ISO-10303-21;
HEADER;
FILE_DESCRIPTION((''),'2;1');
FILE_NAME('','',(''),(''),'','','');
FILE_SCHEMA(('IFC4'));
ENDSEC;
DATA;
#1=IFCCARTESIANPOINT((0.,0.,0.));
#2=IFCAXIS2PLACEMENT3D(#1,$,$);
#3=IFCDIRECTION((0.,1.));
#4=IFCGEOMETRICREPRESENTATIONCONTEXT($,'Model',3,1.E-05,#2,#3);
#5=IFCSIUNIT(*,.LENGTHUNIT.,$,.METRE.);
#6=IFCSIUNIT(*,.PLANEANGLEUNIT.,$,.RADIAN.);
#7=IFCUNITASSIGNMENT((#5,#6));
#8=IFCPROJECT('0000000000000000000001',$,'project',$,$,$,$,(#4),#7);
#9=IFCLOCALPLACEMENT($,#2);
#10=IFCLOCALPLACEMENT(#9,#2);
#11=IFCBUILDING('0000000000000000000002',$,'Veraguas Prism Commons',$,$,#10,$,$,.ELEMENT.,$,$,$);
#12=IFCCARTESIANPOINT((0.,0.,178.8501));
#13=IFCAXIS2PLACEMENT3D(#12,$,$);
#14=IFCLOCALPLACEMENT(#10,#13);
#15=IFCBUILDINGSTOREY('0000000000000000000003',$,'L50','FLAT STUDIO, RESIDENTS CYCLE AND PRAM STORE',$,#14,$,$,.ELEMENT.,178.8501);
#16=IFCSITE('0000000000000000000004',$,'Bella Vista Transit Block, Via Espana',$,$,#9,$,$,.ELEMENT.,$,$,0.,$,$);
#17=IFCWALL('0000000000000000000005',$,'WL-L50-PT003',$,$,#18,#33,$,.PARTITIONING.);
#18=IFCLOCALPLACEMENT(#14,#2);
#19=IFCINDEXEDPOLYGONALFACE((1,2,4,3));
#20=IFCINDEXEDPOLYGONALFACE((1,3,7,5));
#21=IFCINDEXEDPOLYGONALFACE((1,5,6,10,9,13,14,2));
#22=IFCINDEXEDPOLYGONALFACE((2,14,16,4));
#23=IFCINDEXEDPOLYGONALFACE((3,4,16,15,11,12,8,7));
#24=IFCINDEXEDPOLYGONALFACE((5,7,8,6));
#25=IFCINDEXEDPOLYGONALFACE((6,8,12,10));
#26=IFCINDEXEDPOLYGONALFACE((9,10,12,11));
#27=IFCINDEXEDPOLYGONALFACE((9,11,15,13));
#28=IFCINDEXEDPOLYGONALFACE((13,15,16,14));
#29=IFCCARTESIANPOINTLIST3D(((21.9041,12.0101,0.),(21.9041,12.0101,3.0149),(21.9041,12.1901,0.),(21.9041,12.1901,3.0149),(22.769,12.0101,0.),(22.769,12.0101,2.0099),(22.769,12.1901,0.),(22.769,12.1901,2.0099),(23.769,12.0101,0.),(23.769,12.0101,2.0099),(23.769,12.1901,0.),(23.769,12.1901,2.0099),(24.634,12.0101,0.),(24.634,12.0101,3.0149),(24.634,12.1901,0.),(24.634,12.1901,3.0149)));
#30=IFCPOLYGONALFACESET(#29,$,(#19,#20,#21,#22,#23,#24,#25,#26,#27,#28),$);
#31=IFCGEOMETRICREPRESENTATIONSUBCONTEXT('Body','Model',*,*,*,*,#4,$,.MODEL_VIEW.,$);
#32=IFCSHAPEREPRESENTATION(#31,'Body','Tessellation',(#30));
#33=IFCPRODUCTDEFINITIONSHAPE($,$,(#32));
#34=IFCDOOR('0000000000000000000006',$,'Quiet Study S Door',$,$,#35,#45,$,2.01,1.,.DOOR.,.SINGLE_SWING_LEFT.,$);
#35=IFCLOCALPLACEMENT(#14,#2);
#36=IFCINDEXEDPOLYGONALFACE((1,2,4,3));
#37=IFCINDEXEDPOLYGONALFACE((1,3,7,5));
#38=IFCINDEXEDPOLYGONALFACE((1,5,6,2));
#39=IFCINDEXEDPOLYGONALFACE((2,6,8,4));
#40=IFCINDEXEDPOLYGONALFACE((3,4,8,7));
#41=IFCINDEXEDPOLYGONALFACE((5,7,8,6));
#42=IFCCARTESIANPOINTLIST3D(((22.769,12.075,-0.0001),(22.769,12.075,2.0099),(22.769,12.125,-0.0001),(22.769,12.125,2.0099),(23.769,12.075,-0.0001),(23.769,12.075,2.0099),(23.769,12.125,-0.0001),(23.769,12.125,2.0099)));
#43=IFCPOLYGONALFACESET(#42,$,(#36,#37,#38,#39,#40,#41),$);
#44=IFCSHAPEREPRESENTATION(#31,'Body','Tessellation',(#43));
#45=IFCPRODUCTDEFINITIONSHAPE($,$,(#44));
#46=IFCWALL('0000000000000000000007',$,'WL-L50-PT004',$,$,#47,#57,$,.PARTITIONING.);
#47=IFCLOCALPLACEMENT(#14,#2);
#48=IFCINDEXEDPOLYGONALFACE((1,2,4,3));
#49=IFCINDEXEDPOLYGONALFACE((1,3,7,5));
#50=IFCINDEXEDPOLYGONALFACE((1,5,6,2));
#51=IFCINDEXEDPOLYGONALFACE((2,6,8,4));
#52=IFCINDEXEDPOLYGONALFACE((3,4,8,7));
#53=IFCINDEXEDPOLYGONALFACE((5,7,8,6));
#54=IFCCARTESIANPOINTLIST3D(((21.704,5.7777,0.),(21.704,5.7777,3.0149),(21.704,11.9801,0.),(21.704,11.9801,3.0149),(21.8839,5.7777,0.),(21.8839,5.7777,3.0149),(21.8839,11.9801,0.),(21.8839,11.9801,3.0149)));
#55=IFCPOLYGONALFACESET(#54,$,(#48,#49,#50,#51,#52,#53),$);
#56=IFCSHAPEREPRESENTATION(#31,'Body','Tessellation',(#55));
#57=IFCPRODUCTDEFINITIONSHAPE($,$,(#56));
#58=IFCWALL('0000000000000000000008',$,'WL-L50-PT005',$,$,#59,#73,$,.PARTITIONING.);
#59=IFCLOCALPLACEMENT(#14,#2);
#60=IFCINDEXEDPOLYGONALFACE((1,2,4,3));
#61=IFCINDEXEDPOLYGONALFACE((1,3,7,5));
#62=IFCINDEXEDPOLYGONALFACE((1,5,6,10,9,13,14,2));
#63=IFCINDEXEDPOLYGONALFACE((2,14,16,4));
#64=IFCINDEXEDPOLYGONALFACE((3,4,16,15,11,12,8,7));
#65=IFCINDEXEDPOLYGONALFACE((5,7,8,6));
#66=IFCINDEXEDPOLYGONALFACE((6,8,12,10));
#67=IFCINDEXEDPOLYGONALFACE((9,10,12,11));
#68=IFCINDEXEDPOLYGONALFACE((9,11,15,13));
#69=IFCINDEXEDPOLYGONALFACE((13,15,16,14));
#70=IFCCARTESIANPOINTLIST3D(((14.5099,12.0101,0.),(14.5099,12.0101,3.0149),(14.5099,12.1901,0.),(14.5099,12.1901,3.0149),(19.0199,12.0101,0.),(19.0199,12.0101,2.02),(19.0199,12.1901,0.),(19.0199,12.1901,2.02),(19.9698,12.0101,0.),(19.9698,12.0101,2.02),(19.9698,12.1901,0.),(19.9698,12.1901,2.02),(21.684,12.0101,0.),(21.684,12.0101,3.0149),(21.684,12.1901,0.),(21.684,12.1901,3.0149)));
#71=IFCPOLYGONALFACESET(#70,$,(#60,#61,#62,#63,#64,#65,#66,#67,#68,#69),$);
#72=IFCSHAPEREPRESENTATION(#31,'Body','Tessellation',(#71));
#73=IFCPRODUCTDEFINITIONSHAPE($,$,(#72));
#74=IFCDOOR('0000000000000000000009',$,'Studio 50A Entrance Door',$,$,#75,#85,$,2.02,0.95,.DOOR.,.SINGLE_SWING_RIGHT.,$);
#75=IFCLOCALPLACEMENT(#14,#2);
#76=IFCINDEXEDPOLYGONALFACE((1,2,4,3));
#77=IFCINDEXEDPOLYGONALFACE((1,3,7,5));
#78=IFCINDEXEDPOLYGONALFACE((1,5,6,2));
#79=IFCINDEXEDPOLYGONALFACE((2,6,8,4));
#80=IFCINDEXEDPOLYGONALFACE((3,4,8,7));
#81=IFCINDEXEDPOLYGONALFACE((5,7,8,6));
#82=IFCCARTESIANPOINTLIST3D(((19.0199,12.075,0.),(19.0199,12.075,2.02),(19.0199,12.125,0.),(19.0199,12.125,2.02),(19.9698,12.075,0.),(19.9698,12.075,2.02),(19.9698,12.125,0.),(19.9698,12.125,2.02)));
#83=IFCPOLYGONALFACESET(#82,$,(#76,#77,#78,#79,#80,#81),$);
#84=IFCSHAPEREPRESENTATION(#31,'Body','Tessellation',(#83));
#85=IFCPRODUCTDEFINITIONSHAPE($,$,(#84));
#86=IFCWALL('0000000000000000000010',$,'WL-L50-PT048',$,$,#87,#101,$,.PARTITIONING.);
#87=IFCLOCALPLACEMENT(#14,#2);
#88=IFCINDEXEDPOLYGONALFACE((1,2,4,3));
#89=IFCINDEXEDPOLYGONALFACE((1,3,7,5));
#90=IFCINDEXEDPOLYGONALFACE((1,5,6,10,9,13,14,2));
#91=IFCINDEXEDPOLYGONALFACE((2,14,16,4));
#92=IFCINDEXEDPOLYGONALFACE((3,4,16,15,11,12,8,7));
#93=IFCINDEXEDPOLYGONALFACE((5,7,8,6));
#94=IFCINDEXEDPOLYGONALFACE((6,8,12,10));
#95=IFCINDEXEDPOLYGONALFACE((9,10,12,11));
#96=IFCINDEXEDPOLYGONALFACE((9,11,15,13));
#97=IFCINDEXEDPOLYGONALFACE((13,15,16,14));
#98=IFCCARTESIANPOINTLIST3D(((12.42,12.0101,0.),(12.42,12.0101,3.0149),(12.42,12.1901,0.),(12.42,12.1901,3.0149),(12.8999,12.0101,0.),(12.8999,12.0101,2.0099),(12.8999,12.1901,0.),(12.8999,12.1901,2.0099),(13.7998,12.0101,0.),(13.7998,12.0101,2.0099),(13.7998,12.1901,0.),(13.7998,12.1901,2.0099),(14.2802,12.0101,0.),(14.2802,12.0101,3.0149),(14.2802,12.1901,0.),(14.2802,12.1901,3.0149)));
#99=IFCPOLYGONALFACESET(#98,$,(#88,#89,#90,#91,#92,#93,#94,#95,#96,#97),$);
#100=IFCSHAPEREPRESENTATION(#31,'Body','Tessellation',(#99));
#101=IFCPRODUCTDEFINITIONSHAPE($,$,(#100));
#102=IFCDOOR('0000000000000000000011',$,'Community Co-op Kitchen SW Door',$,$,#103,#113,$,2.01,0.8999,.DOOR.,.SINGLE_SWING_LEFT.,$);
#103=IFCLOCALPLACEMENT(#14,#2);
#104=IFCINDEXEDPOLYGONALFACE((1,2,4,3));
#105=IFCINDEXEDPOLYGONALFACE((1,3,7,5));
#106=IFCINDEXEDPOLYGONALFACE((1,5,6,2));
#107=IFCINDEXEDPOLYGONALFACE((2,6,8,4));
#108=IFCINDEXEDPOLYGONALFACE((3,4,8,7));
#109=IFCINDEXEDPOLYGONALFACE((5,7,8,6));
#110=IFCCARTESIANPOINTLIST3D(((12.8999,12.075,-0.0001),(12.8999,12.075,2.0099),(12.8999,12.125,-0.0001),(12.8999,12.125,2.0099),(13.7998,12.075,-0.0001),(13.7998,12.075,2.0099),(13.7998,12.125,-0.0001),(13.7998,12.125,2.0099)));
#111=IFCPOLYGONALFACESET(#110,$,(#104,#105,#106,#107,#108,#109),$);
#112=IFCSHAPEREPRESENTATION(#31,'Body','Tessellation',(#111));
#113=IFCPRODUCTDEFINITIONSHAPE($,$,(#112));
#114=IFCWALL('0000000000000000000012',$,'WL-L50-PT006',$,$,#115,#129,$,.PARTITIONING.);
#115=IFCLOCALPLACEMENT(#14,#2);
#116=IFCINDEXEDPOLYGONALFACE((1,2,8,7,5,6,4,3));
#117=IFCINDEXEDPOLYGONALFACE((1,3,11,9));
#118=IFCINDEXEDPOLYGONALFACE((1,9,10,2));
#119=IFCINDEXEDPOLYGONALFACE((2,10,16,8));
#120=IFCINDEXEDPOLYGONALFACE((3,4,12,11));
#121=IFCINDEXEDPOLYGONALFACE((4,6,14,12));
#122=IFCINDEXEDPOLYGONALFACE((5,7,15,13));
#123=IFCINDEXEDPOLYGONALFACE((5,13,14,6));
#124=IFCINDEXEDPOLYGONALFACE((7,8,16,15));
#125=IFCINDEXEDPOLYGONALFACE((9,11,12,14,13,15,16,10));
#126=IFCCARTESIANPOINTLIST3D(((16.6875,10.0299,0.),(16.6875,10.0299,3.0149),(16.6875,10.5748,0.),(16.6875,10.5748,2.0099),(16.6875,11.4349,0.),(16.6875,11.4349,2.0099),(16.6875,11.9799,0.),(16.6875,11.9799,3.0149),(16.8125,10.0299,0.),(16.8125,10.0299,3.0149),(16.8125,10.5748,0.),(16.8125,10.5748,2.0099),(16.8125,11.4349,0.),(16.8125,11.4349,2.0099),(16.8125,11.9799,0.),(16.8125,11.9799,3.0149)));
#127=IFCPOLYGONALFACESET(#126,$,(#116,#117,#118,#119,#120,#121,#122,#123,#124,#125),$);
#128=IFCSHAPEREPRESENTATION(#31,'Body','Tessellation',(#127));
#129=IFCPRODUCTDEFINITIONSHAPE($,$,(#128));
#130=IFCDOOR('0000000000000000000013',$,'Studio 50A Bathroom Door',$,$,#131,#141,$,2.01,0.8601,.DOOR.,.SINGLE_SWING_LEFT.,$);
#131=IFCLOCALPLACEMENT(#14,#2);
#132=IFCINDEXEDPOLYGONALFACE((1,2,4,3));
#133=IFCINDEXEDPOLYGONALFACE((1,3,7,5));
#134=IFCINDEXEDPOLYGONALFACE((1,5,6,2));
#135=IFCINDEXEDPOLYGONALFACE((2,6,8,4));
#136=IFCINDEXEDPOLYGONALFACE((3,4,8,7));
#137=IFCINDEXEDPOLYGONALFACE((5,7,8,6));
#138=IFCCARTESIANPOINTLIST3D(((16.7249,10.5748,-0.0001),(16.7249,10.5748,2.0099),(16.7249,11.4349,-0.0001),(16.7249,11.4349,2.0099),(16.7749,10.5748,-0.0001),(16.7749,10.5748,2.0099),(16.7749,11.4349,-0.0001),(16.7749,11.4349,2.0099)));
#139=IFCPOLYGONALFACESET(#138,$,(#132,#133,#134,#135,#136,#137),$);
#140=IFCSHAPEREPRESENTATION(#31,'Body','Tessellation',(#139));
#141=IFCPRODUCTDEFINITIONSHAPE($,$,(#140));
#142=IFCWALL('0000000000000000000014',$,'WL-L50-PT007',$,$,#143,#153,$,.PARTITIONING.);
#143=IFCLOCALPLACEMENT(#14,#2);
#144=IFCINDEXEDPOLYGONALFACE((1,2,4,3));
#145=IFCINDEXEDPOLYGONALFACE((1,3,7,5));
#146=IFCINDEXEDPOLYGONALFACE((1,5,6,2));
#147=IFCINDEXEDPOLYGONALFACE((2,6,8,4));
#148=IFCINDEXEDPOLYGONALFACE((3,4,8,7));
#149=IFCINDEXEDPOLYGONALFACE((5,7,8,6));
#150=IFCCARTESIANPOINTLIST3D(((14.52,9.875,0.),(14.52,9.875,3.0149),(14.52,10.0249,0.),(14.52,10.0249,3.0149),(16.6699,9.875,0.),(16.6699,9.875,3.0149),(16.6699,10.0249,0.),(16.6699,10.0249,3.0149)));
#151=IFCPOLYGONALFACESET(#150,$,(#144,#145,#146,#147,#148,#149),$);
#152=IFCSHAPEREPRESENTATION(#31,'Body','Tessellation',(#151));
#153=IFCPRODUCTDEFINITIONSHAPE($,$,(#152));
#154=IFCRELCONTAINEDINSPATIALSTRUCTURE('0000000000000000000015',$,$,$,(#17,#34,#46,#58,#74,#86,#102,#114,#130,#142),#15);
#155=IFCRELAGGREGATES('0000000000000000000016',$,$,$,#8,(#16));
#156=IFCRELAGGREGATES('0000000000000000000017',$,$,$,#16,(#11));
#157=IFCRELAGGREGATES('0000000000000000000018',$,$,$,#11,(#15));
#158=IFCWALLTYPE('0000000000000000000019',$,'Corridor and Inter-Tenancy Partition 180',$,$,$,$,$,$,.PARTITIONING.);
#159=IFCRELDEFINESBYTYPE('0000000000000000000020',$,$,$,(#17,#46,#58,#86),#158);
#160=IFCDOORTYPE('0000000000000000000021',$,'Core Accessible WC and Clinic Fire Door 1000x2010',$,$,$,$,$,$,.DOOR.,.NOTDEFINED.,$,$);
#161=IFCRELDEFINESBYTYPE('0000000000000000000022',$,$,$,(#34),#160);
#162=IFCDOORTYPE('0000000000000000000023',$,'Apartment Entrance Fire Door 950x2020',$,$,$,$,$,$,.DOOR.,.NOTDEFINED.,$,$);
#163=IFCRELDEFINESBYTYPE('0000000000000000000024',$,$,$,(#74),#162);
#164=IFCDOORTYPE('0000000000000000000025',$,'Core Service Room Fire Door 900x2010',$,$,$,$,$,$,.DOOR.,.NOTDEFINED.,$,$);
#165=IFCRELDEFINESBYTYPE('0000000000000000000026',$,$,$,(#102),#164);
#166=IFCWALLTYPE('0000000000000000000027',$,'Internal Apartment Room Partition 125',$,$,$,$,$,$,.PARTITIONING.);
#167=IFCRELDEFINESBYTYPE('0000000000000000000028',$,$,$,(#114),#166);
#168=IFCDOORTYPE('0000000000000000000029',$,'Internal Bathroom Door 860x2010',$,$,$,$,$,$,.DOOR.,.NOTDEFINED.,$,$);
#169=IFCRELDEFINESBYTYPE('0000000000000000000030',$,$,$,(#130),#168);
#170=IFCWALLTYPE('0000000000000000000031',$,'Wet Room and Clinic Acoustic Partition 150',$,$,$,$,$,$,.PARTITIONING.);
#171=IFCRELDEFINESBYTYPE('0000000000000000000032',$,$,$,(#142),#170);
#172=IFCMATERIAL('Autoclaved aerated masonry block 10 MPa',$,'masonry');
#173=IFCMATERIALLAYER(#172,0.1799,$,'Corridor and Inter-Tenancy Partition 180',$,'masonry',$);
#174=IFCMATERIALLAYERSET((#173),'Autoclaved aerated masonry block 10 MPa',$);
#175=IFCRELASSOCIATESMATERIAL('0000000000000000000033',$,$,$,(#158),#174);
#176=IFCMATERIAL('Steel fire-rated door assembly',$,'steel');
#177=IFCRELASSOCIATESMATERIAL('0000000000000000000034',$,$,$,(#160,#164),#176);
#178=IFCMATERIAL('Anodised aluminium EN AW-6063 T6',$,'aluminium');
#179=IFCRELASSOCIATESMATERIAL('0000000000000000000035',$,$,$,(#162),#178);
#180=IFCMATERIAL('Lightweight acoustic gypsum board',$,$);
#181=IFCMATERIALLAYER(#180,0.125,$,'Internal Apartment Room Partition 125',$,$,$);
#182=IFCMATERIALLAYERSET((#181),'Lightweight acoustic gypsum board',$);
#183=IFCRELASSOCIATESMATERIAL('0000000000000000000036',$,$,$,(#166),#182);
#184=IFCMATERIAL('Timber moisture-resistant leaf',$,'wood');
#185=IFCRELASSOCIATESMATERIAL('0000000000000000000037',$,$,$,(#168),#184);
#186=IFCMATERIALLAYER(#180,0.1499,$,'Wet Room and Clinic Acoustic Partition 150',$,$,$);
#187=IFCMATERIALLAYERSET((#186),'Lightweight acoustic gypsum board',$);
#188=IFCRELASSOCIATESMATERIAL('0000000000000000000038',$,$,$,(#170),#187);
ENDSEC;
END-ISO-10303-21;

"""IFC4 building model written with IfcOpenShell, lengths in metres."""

from ifc_helpers import new_model, si_unit, direction, frame, frame_2d, origin, place, context, subcontext, project, spatial, rectangle, extrude, source, transform, mapped, material, layer, layer_set, type_object, element, fill, save


model = new_model("IFC4")

# Units and contexts
model_context = context("Model", 3, precision=1e-05, world=origin(), true_north=direction((0.0, 1.0)))
body_context = subcontext(model_context, "Body", "Model", "MODEL_VIEW")
ifc_project = project(units=[si_unit("LENGTHUNIT", "METRE"), si_unit("PLANEANGLEUNIT", "RADIAN")], contexts=[model_context])

# Site, building, storey
site_placement = place(None, origin())
site = spatial("IfcSite", under=ifc_project, at=site_placement, Name="Bella Vista Transit Block, Via Espana", CompositionType="ELEMENT", RefElevation=0.0)
building_placement = place(site_placement, origin())
building = spatial("IfcBuilding", under=site, at=building_placement, Name="Veraguas Prism Commons", CompositionType="ELEMENT")
storey_placement = place(building_placement, frame((0.0, 0.0, 178.8501)))
storey = spatial("IfcBuildingStorey", under=building, at=storey_placement, Name="L50", Description="FLAT STUDIO, RESIDENTS CYCLE AND PRAM STORE", CompositionType="ELEMENT", Elevation=178.8501)

# Shared definitions
ifc_material_1 = material(Name="Anodised aluminium EN AW-6063 T6", Category="aluminium")

# Shared definitions
ifc_material_2 = material(Name="Autoclaved aerated masonry block 10 MPa", Category="masonry")
ifc_layer_1 = layer(ifc_material_2, 0.1799, Name="Corridor and Inter-Tenancy Partition 180", Category="masonry")
ifc_layer_set_1 = layer_set([ifc_layer_1], Name="Autoclaved aerated masonry block 10 MPa")
wall_type_1 = type_object("IfcWallType", Name="Corridor and Inter-Tenancy Partition 180", PredefinedType="PARTITIONING", material=ifc_layer_set_1)

# Wall, opening, door
wall_1_placement = place(storey_placement, frame((21.9041, 12.1001, 0.0), z_axis=(0.0, 0.0, 1.0), x_axis=(1.0, 0.0, 0.0)))
wall_1 = element("IfcWall", 1, at=wall_1_placement, inside=storey, type_object=wall_type_1, Name="WL-L50-PT003", PredefinedType="PARTITIONING", context=body_context, shape_type="SweptSolid", body=[
    extrude(rectangle(XDim=2.73, YDim=0.1799, at=frame_2d((1.365, 0.0))), origin(), (0.0, 0.0, 1.0), 3.0149),
])
opening_1_placement = place(wall_1_placement, frame((0.865, 0.0, 0.0)))
opening_1 = element("IfcOpeningElement", 2, at=opening_1_placement, cuts=wall_1, PredefinedType="OPENING", context=body_context, shape_type="SweptSolid", body=[
    extrude(rectangle(XDim=1.0, YDim=2.01, at=frame_2d((0.5, 1.0049))), frame((0.0, 0.0999, 0.0), z_axis=(0.0, -1.0, 0.0), x_axis=(1.0, 0.0, 0.0)), (0.0, 0.0, 1.0), 0.2),
])
ifc_material_3 = material(Name="Steel fire-rated door assembly", Category="steel")
door_type_1 = type_object("IfcDoorType", Name="Core Accessible WC and Clinic Fire Door 1000x2010", OperationType="NOTDEFINED", PredefinedType="DOOR", material=ifc_material_3)
shared_shape_1 = source(origin(), body_context, "Body", "SweptSolid", [
    extrude(rectangle(XDim=1.0, YDim=2.01, at=frame_2d((0.5, 1.0049))), frame((0.0, 0.0249, 0.0), z_axis=(0.0, -1.0, 0.0), x_axis=(1.0, 0.0, 0.0)), (0.0, 0.0, 1.0), 0.05),
])
door_1_placement = place(opening_1_placement, origin())
door_1 = element("IfcDoor", 3, at=door_1_placement, inside=storey, type_object=door_type_1, Name="Quiet Study S Door", OperationType="SINGLE_SWING_LEFT", OverallHeight=2.01, OverallWidth=1.0, PredefinedType="DOOR", context=body_context, shape_type="MappedRepresentation", body=[
    mapped(shared_shape_1, transform((0.0, 0.0, 0.0), scale=1.0)),
])
fill(opening_1, door_1)

# Wall
wall_2_placement = place(storey_placement, frame((21.7939, 11.98, 0.0), z_axis=(0.0, 0.0, 1.0), x_axis=(0.0, -1.0, 0.0)))
element("IfcWall", 4, at=wall_2_placement, inside=storey, type_object=wall_type_1, Name="WL-L50-PT004", PredefinedType="PARTITIONING", context=body_context, shape_type="SweptSolid", body=[
    extrude(rectangle(XDim=6.2024, YDim=0.1799, at=frame_2d((3.1011, 0.0))), origin(), (0.0, 0.0, 1.0), 3.0149),
])

# Walls, openings, doors
wall_3_placement = place(storey_placement, frame((14.51, 12.1001, 0.0), z_axis=(0.0, 0.0, 1.0), x_axis=(1.0, 0.0, 0.0)))
wall_3 = element("IfcWall", 5, at=wall_3_placement, inside=storey, type_object=wall_type_1, Name="WL-L50-PT005", PredefinedType="PARTITIONING", context=body_context, shape_type="SweptSolid", body=[
    extrude(rectangle(XDim=7.1741, YDim=0.1799, at=frame_2d((3.5869, 0.0))), origin(), (0.0, 0.0, 1.0), 3.0149),
])
opening_2_placement = place(wall_3_placement, frame((4.5098, 0.0, 0.0)))
opening_2 = element("IfcOpeningElement", 6, at=opening_2_placement, cuts=wall_3, PredefinedType="OPENING", context=body_context, shape_type="SweptSolid", body=[
    extrude(rectangle(XDim=0.95, YDim=2.02, at=frame_2d((0.4751, 1.01))), frame((0.0, 0.0999, 0.0), z_axis=(0.0, -1.0, 0.0), x_axis=(1.0, 0.0, 0.0)), (0.0, 0.0, 1.0), 0.2),
])
door_type_2 = type_object("IfcDoorType", Name="Apartment Entrance Fire Door 950x2020", OperationType="NOTDEFINED", PredefinedType="DOOR", material=ifc_material_1)
shared_shape_2 = source(origin(), body_context, "Body", "SweptSolid", [
    extrude(rectangle(XDim=0.95, YDim=2.02, at=frame_2d((0.4751, 1.01))), frame((0.0, 0.0249, 0.0), z_axis=(0.0, -1.0, 0.0), x_axis=(1.0, 0.0, 0.0)), (0.0, 0.0, 1.0), 0.05),
])
door_2_placement = place(opening_2_placement, origin())
door_2 = element("IfcDoor", 7, at=door_2_placement, inside=storey, type_object=door_type_2, Name="Studio 50A Entrance Door", OperationType="SINGLE_SWING_RIGHT", OverallHeight=2.02, OverallWidth=0.95, PredefinedType="DOOR", context=body_context, shape_type="MappedRepresentation", body=[
    mapped(shared_shape_2, transform((0.0, 0.0, 0.0), scale=1.0)),
])
fill(opening_2, door_2)
wall_4_placement = place(storey_placement, frame((12.4199, 12.1001, 0.0), z_axis=(0.0, 0.0, 1.0), x_axis=(1.0, 0.0, 0.0)))
wall_4 = element("IfcWall", 8, at=wall_4_placement, inside=storey, type_object=wall_type_1, Name="WL-L50-PT048", PredefinedType="PARTITIONING", context=body_context, shape_type="SweptSolid", body=[
    extrude(rectangle(XDim=1.8601, YDim=0.1799, at=frame_2d((0.9302, 0.0))), origin(), (0.0, 0.0, 1.0), 3.0149),
])
opening_3_placement = place(wall_4_placement, frame((0.48, 0.0, 0.0)))
opening_3 = element("IfcOpeningElement", 9, at=opening_3_placement, cuts=wall_4, PredefinedType="OPENING", context=body_context, shape_type="SweptSolid", body=[
    extrude(rectangle(XDim=0.8999, YDim=2.01, at=frame_2d((0.45, 1.0049))), frame((0.0, 0.0999, 0.0), z_axis=(0.0, -1.0, 0.0), x_axis=(1.0, 0.0, 0.0)), (0.0, 0.0, 1.0), 0.2),
])
door_type_3 = type_object("IfcDoorType", Name="Core Service Room Fire Door 900x2010", OperationType="NOTDEFINED", PredefinedType="DOOR", material=ifc_material_3)
shared_shape_3 = source(origin(), body_context, "Body", "SweptSolid", [
    extrude(rectangle(XDim=0.8999, YDim=2.01, at=frame_2d((0.45, 1.0049))), frame((0.0, 0.0249, 0.0), z_axis=(0.0, -1.0, 0.0), x_axis=(1.0, 0.0, 0.0)), (0.0, 0.0, 1.0), 0.05),
])
door_3_placement = place(opening_3_placement, origin())
door_3 = element("IfcDoor", 10, at=door_3_placement, inside=storey, type_object=door_type_3, Name="Community Co-op Kitchen SW Door", OperationType="SINGLE_SWING_LEFT", OverallHeight=2.01, OverallWidth=0.8999, PredefinedType="DOOR", context=body_context, shape_type="MappedRepresentation", body=[
    mapped(shared_shape_3, transform((0.0, 0.0, 0.0), scale=1.0)),
])
fill(opening_3, door_3)
ifc_material_4 = material(Name="Lightweight acoustic gypsum board")
ifc_layer_2 = layer(ifc_material_4, 0.125, Name="Internal Apartment Room Partition 125")
ifc_layer_set_2 = layer_set([ifc_layer_2], Name="Lightweight acoustic gypsum board")
wall_type_2 = type_object("IfcWallType", Name="Internal Apartment Room Partition 125", PredefinedType="PARTITIONING", material=ifc_layer_set_2)
wall_5_placement = place(storey_placement, frame((16.75, 11.98, 0.0), z_axis=(0.0, 0.0, 1.0), x_axis=(0.0, -1.0, 0.0)))
wall_5 = element("IfcWall", 11, at=wall_5_placement, inside=storey, type_object=wall_type_2, Name="WL-L50-PT006", PredefinedType="PARTITIONING", context=body_context, shape_type="SweptSolid", body=[
    extrude(rectangle(XDim=1.95, YDim=0.125, at=frame_2d((0.9751, 0.0))), origin(), (0.0, 0.0, 1.0), 3.0149),
])
opening_4_placement = place(wall_5_placement, frame((0.5449, 0.0, 0.0)))
opening_4 = element("IfcOpeningElement", 12, at=opening_4_placement, cuts=wall_5, PredefinedType="OPENING", context=body_context, shape_type="SweptSolid", body=[
    extrude(rectangle(XDim=0.8601, YDim=2.01, at=frame_2d((0.4302, 1.0049))), frame((0.0, 0.0725, 0.0), z_axis=(0.0, -1.0, 0.0), x_axis=(1.0, 0.0, 0.0)), (0.0, 0.0, 1.0), 0.145),
])
ifc_material_5 = material(Name="Timber moisture-resistant leaf", Category="wood")
door_type_4 = type_object("IfcDoorType", Name="Internal Bathroom Door 860x2010", OperationType="NOTDEFINED", PredefinedType="DOOR", material=ifc_material_5)
shared_shape_4 = source(origin(), body_context, "Body", "SweptSolid", [
    extrude(rectangle(XDim=0.8601, YDim=2.01, at=frame_2d((0.4302, 1.0049))), frame((0.0, 0.0249, 0.0), z_axis=(0.0, -1.0, 0.0), x_axis=(1.0, 0.0, 0.0)), (0.0, 0.0, 1.0), 0.05),
])
door_4_placement = place(opening_4_placement, origin())
door_4 = element("IfcDoor", 13, at=door_4_placement, inside=storey, type_object=door_type_4, Name="Studio 50A Bathroom Door", OperationType="SINGLE_SWING_LEFT", OverallHeight=2.01, OverallWidth=0.8601, PredefinedType="DOOR", context=body_context, shape_type="MappedRepresentation", body=[
    mapped(shared_shape_4, transform((0.0, 0.0, 0.0), scale=1.0)),
])
fill(opening_4, door_4)

# Wall
ifc_layer_3 = layer(ifc_material_4, 0.1499, Name="Wet Room and Clinic Acoustic Partition 150")
ifc_layer_set_3 = layer_set([ifc_layer_3], Name="Lightweight acoustic gypsum board")
wall_type_3 = type_object("IfcWallType", Name="Wet Room and Clinic Acoustic Partition 150", PredefinedType="PARTITIONING", material=ifc_layer_set_3)
wall_6_placement = place(storey_placement, frame((14.52, 9.95, 0.0), z_axis=(0.0, 0.0, 1.0), x_axis=(1.0, 0.0, 0.0)))
element("IfcWall", 14, at=wall_6_placement, inside=storey, type_object=wall_type_3, Name="WL-L50-PT007", PredefinedType="PARTITIONING", context=body_context, shape_type="SweptSolid", body=[
    extrude(rectangle(XDim=2.1499, YDim=0.1499, at=frame_2d((1.075, 0.0))), origin(), (0.0, 0.0, 1.0), 3.0149),
])

save(model, "model.ifc")
